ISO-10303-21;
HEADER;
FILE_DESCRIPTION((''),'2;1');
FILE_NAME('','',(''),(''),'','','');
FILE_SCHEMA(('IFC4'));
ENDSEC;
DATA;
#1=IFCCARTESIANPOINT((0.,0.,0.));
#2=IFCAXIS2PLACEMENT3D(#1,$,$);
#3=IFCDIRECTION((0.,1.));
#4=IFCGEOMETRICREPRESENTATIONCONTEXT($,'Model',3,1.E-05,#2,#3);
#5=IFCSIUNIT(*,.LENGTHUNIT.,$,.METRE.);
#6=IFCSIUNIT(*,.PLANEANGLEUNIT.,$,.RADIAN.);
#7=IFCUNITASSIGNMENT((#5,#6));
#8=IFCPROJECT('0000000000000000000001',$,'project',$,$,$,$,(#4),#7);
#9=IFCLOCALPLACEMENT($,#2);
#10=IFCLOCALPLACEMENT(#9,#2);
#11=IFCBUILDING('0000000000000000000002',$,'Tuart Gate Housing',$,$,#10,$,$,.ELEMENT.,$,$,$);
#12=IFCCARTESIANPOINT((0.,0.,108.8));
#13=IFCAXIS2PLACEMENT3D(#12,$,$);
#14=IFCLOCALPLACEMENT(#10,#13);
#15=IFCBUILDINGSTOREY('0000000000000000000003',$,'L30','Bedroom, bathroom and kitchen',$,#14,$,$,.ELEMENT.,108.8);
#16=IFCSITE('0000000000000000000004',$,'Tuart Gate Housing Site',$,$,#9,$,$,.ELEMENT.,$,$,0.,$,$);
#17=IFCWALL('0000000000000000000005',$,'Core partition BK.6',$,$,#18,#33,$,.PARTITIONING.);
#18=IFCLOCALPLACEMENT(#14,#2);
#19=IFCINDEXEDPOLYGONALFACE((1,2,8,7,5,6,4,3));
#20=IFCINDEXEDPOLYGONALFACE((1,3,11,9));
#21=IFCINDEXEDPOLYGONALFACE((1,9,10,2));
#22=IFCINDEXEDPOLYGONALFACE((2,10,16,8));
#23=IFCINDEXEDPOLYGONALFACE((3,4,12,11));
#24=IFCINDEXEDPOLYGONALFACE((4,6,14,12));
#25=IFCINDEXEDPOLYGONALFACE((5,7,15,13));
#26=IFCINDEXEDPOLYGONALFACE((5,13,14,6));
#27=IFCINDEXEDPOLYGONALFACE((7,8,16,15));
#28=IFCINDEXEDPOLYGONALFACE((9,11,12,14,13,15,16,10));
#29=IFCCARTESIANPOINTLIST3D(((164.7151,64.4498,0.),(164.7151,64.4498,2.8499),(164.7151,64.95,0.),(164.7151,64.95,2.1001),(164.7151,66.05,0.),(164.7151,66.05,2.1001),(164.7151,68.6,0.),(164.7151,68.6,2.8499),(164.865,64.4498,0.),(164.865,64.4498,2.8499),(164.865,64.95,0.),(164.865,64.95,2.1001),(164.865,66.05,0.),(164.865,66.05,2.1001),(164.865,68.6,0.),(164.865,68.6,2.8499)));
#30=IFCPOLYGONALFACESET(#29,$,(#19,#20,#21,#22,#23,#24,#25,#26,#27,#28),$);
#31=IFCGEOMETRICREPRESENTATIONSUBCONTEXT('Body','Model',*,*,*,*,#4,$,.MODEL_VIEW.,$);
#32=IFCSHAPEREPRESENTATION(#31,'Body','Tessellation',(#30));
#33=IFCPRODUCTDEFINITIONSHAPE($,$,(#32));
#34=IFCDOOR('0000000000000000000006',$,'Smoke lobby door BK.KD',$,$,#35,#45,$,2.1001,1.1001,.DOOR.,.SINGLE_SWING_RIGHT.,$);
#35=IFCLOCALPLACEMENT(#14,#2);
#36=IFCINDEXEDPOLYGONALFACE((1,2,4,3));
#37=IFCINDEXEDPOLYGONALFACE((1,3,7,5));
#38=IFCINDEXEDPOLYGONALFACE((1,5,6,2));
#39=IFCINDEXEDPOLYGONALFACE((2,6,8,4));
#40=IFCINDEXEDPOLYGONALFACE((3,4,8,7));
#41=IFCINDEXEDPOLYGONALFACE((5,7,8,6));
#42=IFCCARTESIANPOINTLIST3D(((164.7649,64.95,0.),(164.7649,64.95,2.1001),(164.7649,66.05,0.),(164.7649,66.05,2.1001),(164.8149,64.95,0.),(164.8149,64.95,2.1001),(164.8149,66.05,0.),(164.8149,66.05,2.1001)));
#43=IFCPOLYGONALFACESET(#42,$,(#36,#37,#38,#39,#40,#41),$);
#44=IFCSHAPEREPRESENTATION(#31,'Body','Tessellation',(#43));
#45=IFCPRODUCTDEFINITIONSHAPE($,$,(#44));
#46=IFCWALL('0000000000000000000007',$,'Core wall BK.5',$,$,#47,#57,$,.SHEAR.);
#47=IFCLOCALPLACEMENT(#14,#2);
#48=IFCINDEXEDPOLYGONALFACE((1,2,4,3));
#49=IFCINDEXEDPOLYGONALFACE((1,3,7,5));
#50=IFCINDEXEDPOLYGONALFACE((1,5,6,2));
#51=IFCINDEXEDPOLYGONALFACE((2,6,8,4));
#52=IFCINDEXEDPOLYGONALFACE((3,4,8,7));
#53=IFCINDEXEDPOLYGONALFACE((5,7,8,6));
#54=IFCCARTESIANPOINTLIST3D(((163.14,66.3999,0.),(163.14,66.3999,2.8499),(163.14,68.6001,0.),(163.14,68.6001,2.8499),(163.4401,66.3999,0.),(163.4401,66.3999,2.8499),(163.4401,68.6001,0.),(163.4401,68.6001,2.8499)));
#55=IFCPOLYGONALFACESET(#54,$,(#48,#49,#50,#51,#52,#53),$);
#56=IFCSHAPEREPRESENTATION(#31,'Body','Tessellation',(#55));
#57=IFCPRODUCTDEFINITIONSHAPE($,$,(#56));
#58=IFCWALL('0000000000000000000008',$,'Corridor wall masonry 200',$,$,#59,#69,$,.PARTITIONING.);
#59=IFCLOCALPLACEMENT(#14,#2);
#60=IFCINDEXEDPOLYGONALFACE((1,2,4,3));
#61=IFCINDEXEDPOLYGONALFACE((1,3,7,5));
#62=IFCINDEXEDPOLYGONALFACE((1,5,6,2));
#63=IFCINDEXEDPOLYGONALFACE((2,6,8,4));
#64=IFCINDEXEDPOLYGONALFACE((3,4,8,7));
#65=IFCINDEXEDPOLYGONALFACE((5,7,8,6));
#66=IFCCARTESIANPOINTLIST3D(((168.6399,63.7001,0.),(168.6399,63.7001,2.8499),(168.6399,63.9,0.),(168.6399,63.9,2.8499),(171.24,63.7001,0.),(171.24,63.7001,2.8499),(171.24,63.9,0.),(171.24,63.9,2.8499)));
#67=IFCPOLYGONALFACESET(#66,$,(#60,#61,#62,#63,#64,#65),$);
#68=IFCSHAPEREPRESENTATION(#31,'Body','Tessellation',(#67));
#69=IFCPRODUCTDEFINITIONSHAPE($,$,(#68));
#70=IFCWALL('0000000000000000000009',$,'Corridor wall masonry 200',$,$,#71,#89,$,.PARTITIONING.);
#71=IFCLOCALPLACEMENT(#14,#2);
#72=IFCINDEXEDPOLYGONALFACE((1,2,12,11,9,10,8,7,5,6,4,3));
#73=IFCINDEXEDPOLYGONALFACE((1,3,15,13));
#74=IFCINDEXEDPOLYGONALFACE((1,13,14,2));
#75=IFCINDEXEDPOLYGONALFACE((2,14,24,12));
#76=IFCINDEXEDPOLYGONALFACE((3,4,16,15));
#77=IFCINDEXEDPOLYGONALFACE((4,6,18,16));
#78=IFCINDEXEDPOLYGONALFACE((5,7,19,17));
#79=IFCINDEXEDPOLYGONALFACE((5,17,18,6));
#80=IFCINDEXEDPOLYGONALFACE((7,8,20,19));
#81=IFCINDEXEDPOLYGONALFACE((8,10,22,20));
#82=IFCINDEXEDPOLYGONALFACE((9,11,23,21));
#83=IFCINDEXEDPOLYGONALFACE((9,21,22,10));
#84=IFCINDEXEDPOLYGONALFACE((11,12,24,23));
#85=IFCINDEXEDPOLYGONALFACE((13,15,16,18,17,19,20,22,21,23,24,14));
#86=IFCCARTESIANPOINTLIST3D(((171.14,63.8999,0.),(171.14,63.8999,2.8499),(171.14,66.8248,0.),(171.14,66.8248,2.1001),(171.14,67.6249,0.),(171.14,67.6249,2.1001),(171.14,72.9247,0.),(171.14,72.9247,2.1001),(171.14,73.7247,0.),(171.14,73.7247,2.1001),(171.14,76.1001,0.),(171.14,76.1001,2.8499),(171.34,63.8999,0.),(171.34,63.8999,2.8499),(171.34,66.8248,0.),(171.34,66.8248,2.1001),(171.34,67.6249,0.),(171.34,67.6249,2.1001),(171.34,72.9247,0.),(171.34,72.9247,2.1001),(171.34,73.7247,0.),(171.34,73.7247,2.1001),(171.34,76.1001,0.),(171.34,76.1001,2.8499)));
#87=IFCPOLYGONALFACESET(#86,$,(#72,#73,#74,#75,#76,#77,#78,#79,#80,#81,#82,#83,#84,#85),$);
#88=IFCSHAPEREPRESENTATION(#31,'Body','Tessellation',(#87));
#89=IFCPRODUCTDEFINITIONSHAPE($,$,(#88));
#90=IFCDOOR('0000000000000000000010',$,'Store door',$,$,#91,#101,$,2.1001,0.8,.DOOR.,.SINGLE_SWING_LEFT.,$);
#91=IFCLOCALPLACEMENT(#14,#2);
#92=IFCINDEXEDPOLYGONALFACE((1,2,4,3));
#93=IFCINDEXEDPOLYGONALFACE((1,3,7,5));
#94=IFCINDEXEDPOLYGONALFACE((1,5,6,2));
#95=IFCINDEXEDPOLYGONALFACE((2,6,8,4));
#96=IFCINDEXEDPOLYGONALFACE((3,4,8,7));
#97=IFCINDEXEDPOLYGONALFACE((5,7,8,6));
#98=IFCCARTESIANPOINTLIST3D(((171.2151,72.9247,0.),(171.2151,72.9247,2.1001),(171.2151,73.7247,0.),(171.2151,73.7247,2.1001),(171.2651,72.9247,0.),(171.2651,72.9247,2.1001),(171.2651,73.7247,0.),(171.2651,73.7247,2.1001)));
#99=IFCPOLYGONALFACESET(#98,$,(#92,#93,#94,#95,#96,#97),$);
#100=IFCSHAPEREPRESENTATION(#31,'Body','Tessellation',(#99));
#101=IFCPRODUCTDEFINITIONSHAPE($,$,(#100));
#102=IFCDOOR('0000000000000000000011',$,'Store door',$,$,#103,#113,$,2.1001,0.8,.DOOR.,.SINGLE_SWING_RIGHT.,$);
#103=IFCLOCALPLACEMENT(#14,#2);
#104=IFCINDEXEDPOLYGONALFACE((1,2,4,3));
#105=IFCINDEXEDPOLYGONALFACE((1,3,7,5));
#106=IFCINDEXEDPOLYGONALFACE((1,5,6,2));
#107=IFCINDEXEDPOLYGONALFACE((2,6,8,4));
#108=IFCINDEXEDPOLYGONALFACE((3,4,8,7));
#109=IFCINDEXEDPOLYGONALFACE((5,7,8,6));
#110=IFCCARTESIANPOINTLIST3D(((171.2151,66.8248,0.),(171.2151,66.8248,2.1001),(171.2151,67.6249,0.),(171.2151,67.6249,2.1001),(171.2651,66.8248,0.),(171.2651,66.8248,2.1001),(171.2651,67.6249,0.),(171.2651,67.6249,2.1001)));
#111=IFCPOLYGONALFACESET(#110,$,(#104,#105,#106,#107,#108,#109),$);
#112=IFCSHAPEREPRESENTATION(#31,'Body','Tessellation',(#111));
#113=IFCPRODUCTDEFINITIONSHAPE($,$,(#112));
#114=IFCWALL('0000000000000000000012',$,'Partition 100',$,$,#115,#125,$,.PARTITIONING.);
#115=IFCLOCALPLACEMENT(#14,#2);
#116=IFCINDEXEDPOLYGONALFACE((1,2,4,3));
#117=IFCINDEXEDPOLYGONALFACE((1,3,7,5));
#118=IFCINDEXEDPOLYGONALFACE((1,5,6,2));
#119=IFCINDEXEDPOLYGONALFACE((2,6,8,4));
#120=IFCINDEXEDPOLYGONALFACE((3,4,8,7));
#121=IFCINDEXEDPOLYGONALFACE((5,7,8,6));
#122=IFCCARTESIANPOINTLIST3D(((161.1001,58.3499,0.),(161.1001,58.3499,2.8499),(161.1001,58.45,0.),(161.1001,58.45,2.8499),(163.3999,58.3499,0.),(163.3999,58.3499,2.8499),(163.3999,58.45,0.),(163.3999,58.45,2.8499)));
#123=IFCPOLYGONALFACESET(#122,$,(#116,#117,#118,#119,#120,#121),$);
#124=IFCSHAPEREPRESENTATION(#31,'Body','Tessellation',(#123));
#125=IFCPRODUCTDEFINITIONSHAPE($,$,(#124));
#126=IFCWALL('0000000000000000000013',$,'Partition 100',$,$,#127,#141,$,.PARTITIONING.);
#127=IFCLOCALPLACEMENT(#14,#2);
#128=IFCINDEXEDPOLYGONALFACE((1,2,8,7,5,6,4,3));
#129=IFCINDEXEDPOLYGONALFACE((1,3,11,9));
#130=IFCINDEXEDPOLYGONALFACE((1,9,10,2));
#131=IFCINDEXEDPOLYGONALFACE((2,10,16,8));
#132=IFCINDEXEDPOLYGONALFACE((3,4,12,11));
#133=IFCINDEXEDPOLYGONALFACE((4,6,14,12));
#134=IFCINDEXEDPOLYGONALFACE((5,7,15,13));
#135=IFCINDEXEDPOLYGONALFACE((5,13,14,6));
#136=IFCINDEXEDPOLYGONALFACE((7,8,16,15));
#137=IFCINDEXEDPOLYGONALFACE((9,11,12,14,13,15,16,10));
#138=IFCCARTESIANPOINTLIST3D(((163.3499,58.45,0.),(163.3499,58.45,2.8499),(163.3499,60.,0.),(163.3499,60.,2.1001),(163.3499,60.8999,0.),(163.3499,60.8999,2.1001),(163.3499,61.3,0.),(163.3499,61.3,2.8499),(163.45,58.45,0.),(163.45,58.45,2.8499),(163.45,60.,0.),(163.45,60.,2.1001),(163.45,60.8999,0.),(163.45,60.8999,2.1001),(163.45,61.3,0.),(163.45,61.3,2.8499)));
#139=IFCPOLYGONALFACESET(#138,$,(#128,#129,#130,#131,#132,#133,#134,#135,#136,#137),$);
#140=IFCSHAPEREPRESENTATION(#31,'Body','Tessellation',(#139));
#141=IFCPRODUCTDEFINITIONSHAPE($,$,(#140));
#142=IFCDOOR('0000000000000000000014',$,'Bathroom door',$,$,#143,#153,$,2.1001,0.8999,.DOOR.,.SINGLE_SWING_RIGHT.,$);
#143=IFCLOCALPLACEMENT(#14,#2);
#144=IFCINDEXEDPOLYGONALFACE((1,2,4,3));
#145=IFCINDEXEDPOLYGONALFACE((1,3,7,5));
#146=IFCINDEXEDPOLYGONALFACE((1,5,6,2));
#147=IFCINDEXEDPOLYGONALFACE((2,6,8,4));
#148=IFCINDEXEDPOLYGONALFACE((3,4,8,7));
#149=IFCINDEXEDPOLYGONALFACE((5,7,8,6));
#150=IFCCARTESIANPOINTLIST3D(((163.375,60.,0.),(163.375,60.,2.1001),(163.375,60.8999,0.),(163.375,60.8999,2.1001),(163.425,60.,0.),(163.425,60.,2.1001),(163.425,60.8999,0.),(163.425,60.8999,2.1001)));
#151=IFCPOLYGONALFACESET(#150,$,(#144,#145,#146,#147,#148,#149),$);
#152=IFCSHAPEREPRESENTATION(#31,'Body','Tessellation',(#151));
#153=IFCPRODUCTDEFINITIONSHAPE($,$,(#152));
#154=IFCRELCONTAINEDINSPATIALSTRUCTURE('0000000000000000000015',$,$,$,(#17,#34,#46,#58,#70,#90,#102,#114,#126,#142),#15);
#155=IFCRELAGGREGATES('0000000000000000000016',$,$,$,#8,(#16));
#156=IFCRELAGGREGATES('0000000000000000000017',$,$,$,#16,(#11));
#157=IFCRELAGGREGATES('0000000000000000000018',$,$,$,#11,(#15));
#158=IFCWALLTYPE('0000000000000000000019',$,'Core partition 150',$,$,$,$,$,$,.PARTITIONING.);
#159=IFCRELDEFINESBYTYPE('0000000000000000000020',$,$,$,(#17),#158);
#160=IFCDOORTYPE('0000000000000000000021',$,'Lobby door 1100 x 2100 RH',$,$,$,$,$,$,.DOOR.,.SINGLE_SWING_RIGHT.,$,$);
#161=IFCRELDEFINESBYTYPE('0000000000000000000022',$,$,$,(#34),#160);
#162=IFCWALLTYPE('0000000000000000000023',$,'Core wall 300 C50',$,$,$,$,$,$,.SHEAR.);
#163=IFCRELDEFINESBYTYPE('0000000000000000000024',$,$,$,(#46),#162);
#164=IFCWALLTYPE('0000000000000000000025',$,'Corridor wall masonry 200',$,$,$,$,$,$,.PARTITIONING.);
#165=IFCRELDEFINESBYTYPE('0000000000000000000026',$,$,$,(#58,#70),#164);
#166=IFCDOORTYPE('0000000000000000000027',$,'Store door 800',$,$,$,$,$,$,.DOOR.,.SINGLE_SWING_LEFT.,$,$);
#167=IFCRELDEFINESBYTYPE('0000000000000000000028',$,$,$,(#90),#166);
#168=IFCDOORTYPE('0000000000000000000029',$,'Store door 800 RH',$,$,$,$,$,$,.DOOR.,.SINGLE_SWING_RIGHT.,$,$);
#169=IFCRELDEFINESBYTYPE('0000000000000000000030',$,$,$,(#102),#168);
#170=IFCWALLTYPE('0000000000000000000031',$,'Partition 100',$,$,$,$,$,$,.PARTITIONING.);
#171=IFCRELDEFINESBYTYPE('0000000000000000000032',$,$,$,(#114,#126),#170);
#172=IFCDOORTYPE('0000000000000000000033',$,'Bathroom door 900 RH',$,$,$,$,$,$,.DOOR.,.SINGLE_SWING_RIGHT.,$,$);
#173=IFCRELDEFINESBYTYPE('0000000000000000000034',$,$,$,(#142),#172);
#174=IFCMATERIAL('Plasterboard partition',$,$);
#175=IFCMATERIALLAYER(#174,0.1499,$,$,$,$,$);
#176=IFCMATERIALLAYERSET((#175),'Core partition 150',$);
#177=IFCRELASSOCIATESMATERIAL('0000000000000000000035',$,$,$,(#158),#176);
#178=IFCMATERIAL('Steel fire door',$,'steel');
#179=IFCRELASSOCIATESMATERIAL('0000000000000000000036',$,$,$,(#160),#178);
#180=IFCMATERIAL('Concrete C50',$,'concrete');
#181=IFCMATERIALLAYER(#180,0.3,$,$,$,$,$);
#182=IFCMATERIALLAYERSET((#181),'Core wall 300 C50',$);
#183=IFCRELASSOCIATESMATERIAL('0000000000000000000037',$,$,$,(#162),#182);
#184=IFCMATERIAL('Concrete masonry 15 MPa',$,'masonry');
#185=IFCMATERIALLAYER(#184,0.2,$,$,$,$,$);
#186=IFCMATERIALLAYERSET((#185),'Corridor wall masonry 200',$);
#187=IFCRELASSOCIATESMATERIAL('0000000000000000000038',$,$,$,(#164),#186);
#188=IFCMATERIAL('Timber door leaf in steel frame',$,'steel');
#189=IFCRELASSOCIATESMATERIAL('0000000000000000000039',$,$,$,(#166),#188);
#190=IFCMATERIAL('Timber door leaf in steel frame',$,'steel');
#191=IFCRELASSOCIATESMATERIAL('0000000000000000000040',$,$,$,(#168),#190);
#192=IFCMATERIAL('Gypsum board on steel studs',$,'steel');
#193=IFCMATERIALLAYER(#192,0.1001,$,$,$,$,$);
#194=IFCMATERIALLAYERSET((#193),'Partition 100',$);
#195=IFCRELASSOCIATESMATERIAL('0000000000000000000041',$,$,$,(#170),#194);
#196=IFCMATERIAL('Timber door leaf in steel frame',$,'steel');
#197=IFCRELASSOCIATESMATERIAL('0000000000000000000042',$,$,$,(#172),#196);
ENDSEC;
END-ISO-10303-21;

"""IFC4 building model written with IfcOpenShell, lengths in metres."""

from ifc_helpers import new_model, si_unit, direction, frame, frame_2d, origin, place, context, subcontext, project, spatial, rectangle, extrude, material, layer, layer_set, type_object, element, fill, save


model = new_model("IFC4")

# Units and contexts
model_context = context("Model", 3, precision=1e-05, world=origin(), true_north=direction((0.0, 1.0)))
body_context = subcontext(model_context, "Body", "Model", "MODEL_VIEW")
ifc_project = project(units=[si_unit("LENGTHUNIT", "METRE"), si_unit("PLANEANGLEUNIT", "RADIAN")], contexts=[model_context])

# Site, building, storey
site_placement = place(None, origin())
site = spatial("IfcSite", under=ifc_project, at=site_placement, Name="Tuart Gate Housing Site", CompositionType="ELEMENT", RefElevation=0.0)
building_placement = place(site_placement, origin())
building = spatial("IfcBuilding", under=site, at=building_placement, Name="Tuart Gate Housing", CompositionType="ELEMENT")
storey_placement = place(building_placement, frame((0.0, 0.0, 108.8)))
storey = spatial("IfcBuildingStorey", under=building, at=storey_placement, Name="L30", Description="Bedroom, bathroom and kitchen", CompositionType="ELEMENT", Elevation=108.8)

# Wall, opening, door
ifc_material_1 = material(Name="Plasterboard partition")
ifc_layer_1 = layer(ifc_material_1, 0.1499)
ifc_layer_set_1 = layer_set([ifc_layer_1], Name="Core partition 150")
wall_type_1 = type_object("IfcWallType", Name="Core partition 150", PredefinedType="PARTITIONING", material=ifc_layer_set_1)
wall_1_placement = place(storey_placement, frame((164.79, 68.6001, 0.0), z_axis=(0.0, 0.0, 1.0), x_axis=(0.0, -1.0, 0.0)))
wall_1 = element("IfcWall", 1, at=wall_1_placement, inside=storey, type_object=wall_type_1, Name="Core partition BK.6", PredefinedType="PARTITIONING", context=body_context, shape_type="SweptSolid", body=[
    extrude(rectangle(XDim=4.1501, YDim=0.1499, at=frame_2d((2.0752, 0.0))), origin(), (0.0, 0.0, 1.0), 2.8499),
])
opening_1_placement = place(wall_1_placement, frame((2.55, 0.0, 0.0)))
opening_1 = element("IfcOpeningElement", 2, at=opening_1_placement, cuts=wall_1, PredefinedType="OPENING", context=body_context, shape_type="SweptSolid", body=[
    extrude(rectangle(XDim=1.1001, YDim=2.1001, at=frame_2d((0.55, 1.05))), frame((0.0, 0.085, 0.0), z_axis=(0.0, -1.0, 0.0), x_axis=(1.0, 0.0, 0.0)), (0.0, 0.0, 1.0), 0.1699),
])
ifc_material_2 = material(Name="Steel fire door", Category="steel")
door_type_1 = type_object("IfcDoorType", Name="Lobby door 1100 x 2100 RH", OperationType="SINGLE_SWING_RIGHT", PredefinedType="DOOR", material=ifc_material_2)
door_1_placement = place(opening_1_placement, origin())
door_1 = element("IfcDoor", 3, at=door_1_placement, inside=storey, type_object=door_type_1, Name="Smoke lobby door BK.KD", OperationType="SINGLE_SWING_RIGHT", OverallHeight=2.1001, OverallWidth=1.1001, PredefinedType="DOOR", context=body_context, shape_type="SweptSolid", body=[
    extrude(rectangle(XDim=1.1001, YDim=2.1001, at=frame_2d((0.55, 1.05))), frame((0.0, 0.0249, 0.0), z_axis=(0.0, -1.0, 0.0), x_axis=(1.0, 0.0, 0.0)), (0.0, 0.0, 1.0), 0.05),
])
fill(opening_1, door_1)

# Walls
ifc_material_3 = material(Name="Concrete C50", Category="concrete")
ifc_layer_2 = layer(ifc_material_3, 0.3)
ifc_layer_set_2 = layer_set([ifc_layer_2], Name="Core wall 300 C50")
wall_type_2 = type_object("IfcWallType", Name="Core wall 300 C50", PredefinedType="SHEAR", material=ifc_layer_set_2)
wall_2_placement = place(storey_placement, frame((163.29, 68.6001, 0.0), z_axis=(0.0, 0.0, 1.0), x_axis=(0.0, -1.0, 0.0)))
element("IfcWall", 4, at=wall_2_placement, inside=storey, type_object=wall_type_2, Name="Core wall BK.5", PredefinedType="SHEAR", context=body_context, shape_type="SweptSolid", body=[
    extrude(rectangle(XDim=2.2002, YDim=0.3, at=frame_2d((1.1001, 0.0))), origin(), (0.0, 0.0, 1.0), 2.8499),
])
ifc_material_4 = material(Name="Concrete masonry 15 MPa", Category="masonry")
ifc_layer_3 = layer(ifc_material_4, 0.2)
ifc_layer_set_3 = layer_set([ifc_layer_3], Name="Corridor wall masonry 200")
wall_type_3 = type_object("IfcWallType", Name="Corridor wall masonry 200", PredefinedType="PARTITIONING", material=ifc_layer_set_3)
wall_3_placement = place(storey_placement, frame((168.6399, 63.8, 0.0), z_axis=(0.0, 0.0, 1.0), x_axis=(1.0, 0.0, 0.0)))
element("IfcWall", 5, at=wall_3_placement, inside=storey, type_object=wall_type_3, Name="Corridor wall masonry 200", PredefinedType="PARTITIONING", context=body_context, shape_type="SweptSolid", body=[
    extrude(rectangle(XDim=2.6001, YDim=0.2, at=frame_2d((1.3, 0.0))), origin(), (0.0, 0.0, 1.0), 2.8499),
])

# Wall, openings, doors
wall_4_placement = place(storey_placement, frame((171.24, 63.8999, 0.0), z_axis=(0.0, 0.0, 1.0), x_axis=(0.0, 1.0, 0.0)))
wall_4 = element("IfcWall", 6, at=wall_4_placement, inside=storey, type_object=wall_type_3, Name="Corridor wall masonry 200", PredefinedType="PARTITIONING", context=body_context, shape_type="SweptSolid", body=[
    extrude(rectangle(XDim=12.2002, YDim=0.2, at=frame_2d((6.1001, 0.0))), origin(), (0.0, 0.0, 1.0), 2.8499),
])
opening_2_placement = place(wall_4_placement, frame((2.925, 0.0, 0.0)))
opening_2 = element("IfcOpeningElement", 7, at=opening_2_placement, cuts=wall_4, PredefinedType="OPENING", context=body_context, shape_type="SweptSolid", body=[
    extrude(rectangle(XDim=0.8, YDim=2.1001, at=frame_2d((0.3999, 1.05))), frame((0.0, 0.1099, 0.0), z_axis=(0.0, -1.0, 0.0), x_axis=(1.0, 0.0, 0.0)), (0.0, 0.0, 1.0), 0.22),
])
opening_3_placement = place(wall_4_placement, frame((9.0249, 0.0, 0.0)))
opening_3 = element("IfcOpeningElement", 8, at=opening_3_placement, cuts=wall_4, PredefinedType="OPENING", context=body_context, shape_type="SweptSolid", body=[
    extrude(rectangle(XDim=0.8, YDim=2.1001, at=frame_2d((0.3999, 1.05))), frame((0.0, 0.1099, 0.0), z_axis=(0.0, -1.0, 0.0), x_axis=(1.0, 0.0, 0.0)), (0.0, 0.0, 1.0), 0.22),
])
ifc_material_5 = material(Name="Timber door leaf in steel frame", Category="steel")
door_type_2 = type_object("IfcDoorType", Name="Store door 800", OperationType="SINGLE_SWING_LEFT", PredefinedType="DOOR", material=ifc_material_5)
door_2_placement = place(opening_3_placement, origin())
door_2 = element("IfcDoor", 9, at=door_2_placement, inside=storey, type_object=door_type_2, Name="Store door", OperationType="SINGLE_SWING_LEFT", OverallHeight=2.1001, OverallWidth=0.8, PredefinedType="DOOR", context=body_context, shape_type="SweptSolid", body=[
    extrude(rectangle(XDim=0.8, YDim=2.1001, at=frame_2d((0.3999, 1.05))), frame((0.0, 0.0249, 0.0), z_axis=(0.0, -1.0, 0.0), x_axis=(1.0, 0.0, 0.0)), (0.0, 0.0, 1.0), 0.05),
])
fill(opening_3, door_2)
ifc_material_6 = material(Name="Timber door leaf in steel frame", Category="steel")
door_type_3 = type_object("IfcDoorType", Name="Store door 800 RH", OperationType="SINGLE_SWING_RIGHT", PredefinedType="DOOR", material=ifc_material_6)
door_3_placement = place(opening_2_placement, origin())
door_3 = element("IfcDoor", 10, at=door_3_placement, inside=storey, type_object=door_type_3, Name="Store door", OperationType="SINGLE_SWING_RIGHT", OverallHeight=2.1001, OverallWidth=0.8, PredefinedType="DOOR", context=body_context, shape_type="SweptSolid", body=[
    extrude(rectangle(XDim=0.8, YDim=2.1001, at=frame_2d((0.3999, 1.05))), frame((0.0, 0.0249, 0.0), z_axis=(0.0, -1.0, 0.0), x_axis=(1.0, 0.0, 0.0)), (0.0, 0.0, 1.0), 0.05),
])
fill(opening_2, door_3)

# Wall
ifc_material_7 = material(Name="Gypsum board on steel studs", Category="steel")
ifc_layer_4 = layer(ifc_material_7, 0.1001)
ifc_layer_set_4 = layer_set([ifc_layer_4], Name="Partition 100")
wall_type_4 = type_object("IfcWallType", Name="Partition 100", PredefinedType="PARTITIONING", material=ifc_layer_set_4)
wall_5_placement = place(storey_placement, frame((161.1001, 58.3999, 0.0), z_axis=(0.0, 0.0, 1.0), x_axis=(1.0, 0.0, 0.0)))
element("IfcWall", 11, at=wall_5_placement, inside=storey, type_object=wall_type_4, Name="Partition 100", PredefinedType="PARTITIONING", context=body_context, shape_type="SweptSolid", body=[
    extrude(rectangle(XDim=2.2998, YDim=0.1001, at=frame_2d((1.1499, 0.0))), origin(), (0.0, 0.0, 1.0), 2.8499),
])

# Wall, opening, door
wall_6_placement = place(storey_placement, frame((163.3999, 58.45, 0.0), z_axis=(0.0, 0.0, 1.0), x_axis=(0.0, 1.0, 0.0)))
wall_6 = element("IfcWall", 12, at=wall_6_placement, inside=storey, type_object=wall_type_4, Name="Partition 100", PredefinedType="PARTITIONING", context=body_context, shape_type="SweptSolid", body=[
    extrude(rectangle(XDim=2.8501, YDim=0.1001, at=frame_2d((1.425, 0.0))), origin(), (0.0, 0.0, 1.0), 2.8499),
])
opening_4_placement = place(wall_6_placement, frame((1.55, 0.0, 0.0)))
opening_4 = element("IfcOpeningElement", 13, at=opening_4_placement, cuts=wall_6, PredefinedType="OPENING", context=body_context, shape_type="SweptSolid", body=[
    extrude(rectangle(XDim=0.8999, YDim=2.1001, at=frame_2d((0.45, 1.05))), frame((0.0, 0.0601, 0.0), z_axis=(0.0, -1.0, 0.0), x_axis=(1.0, 0.0, 0.0)), (0.0, 0.0, 1.0), 0.1201),
])
ifc_material_8 = material(Name="Timber door leaf in steel frame", Category="steel")
door_type_4 = type_object("IfcDoorType", Name="Bathroom door 900 RH", OperationType="SINGLE_SWING_RIGHT", PredefinedType="DOOR", material=ifc_material_8)
door_4_placement = place(opening_4_placement, origin())
door_4 = element("IfcDoor", 14, at=door_4_placement, inside=storey, type_object=door_type_4, Name="Bathroom door", OperationType="SINGLE_SWING_RIGHT", OverallHeight=2.1001, OverallWidth=0.8999, PredefinedType="DOOR", context=body_context, shape_type="SweptSolid", body=[
    extrude(rectangle(XDim=0.8999, YDim=2.1001, at=frame_2d((0.45, 1.05))), frame((0.0, 0.0249, 0.0), z_axis=(0.0, -1.0, 0.0), x_axis=(1.0, 0.0, 0.0)), (0.0, 0.0, 1.0), 0.05),
])
fill(opening_4, door_4)

save(model, "model.ifc")
